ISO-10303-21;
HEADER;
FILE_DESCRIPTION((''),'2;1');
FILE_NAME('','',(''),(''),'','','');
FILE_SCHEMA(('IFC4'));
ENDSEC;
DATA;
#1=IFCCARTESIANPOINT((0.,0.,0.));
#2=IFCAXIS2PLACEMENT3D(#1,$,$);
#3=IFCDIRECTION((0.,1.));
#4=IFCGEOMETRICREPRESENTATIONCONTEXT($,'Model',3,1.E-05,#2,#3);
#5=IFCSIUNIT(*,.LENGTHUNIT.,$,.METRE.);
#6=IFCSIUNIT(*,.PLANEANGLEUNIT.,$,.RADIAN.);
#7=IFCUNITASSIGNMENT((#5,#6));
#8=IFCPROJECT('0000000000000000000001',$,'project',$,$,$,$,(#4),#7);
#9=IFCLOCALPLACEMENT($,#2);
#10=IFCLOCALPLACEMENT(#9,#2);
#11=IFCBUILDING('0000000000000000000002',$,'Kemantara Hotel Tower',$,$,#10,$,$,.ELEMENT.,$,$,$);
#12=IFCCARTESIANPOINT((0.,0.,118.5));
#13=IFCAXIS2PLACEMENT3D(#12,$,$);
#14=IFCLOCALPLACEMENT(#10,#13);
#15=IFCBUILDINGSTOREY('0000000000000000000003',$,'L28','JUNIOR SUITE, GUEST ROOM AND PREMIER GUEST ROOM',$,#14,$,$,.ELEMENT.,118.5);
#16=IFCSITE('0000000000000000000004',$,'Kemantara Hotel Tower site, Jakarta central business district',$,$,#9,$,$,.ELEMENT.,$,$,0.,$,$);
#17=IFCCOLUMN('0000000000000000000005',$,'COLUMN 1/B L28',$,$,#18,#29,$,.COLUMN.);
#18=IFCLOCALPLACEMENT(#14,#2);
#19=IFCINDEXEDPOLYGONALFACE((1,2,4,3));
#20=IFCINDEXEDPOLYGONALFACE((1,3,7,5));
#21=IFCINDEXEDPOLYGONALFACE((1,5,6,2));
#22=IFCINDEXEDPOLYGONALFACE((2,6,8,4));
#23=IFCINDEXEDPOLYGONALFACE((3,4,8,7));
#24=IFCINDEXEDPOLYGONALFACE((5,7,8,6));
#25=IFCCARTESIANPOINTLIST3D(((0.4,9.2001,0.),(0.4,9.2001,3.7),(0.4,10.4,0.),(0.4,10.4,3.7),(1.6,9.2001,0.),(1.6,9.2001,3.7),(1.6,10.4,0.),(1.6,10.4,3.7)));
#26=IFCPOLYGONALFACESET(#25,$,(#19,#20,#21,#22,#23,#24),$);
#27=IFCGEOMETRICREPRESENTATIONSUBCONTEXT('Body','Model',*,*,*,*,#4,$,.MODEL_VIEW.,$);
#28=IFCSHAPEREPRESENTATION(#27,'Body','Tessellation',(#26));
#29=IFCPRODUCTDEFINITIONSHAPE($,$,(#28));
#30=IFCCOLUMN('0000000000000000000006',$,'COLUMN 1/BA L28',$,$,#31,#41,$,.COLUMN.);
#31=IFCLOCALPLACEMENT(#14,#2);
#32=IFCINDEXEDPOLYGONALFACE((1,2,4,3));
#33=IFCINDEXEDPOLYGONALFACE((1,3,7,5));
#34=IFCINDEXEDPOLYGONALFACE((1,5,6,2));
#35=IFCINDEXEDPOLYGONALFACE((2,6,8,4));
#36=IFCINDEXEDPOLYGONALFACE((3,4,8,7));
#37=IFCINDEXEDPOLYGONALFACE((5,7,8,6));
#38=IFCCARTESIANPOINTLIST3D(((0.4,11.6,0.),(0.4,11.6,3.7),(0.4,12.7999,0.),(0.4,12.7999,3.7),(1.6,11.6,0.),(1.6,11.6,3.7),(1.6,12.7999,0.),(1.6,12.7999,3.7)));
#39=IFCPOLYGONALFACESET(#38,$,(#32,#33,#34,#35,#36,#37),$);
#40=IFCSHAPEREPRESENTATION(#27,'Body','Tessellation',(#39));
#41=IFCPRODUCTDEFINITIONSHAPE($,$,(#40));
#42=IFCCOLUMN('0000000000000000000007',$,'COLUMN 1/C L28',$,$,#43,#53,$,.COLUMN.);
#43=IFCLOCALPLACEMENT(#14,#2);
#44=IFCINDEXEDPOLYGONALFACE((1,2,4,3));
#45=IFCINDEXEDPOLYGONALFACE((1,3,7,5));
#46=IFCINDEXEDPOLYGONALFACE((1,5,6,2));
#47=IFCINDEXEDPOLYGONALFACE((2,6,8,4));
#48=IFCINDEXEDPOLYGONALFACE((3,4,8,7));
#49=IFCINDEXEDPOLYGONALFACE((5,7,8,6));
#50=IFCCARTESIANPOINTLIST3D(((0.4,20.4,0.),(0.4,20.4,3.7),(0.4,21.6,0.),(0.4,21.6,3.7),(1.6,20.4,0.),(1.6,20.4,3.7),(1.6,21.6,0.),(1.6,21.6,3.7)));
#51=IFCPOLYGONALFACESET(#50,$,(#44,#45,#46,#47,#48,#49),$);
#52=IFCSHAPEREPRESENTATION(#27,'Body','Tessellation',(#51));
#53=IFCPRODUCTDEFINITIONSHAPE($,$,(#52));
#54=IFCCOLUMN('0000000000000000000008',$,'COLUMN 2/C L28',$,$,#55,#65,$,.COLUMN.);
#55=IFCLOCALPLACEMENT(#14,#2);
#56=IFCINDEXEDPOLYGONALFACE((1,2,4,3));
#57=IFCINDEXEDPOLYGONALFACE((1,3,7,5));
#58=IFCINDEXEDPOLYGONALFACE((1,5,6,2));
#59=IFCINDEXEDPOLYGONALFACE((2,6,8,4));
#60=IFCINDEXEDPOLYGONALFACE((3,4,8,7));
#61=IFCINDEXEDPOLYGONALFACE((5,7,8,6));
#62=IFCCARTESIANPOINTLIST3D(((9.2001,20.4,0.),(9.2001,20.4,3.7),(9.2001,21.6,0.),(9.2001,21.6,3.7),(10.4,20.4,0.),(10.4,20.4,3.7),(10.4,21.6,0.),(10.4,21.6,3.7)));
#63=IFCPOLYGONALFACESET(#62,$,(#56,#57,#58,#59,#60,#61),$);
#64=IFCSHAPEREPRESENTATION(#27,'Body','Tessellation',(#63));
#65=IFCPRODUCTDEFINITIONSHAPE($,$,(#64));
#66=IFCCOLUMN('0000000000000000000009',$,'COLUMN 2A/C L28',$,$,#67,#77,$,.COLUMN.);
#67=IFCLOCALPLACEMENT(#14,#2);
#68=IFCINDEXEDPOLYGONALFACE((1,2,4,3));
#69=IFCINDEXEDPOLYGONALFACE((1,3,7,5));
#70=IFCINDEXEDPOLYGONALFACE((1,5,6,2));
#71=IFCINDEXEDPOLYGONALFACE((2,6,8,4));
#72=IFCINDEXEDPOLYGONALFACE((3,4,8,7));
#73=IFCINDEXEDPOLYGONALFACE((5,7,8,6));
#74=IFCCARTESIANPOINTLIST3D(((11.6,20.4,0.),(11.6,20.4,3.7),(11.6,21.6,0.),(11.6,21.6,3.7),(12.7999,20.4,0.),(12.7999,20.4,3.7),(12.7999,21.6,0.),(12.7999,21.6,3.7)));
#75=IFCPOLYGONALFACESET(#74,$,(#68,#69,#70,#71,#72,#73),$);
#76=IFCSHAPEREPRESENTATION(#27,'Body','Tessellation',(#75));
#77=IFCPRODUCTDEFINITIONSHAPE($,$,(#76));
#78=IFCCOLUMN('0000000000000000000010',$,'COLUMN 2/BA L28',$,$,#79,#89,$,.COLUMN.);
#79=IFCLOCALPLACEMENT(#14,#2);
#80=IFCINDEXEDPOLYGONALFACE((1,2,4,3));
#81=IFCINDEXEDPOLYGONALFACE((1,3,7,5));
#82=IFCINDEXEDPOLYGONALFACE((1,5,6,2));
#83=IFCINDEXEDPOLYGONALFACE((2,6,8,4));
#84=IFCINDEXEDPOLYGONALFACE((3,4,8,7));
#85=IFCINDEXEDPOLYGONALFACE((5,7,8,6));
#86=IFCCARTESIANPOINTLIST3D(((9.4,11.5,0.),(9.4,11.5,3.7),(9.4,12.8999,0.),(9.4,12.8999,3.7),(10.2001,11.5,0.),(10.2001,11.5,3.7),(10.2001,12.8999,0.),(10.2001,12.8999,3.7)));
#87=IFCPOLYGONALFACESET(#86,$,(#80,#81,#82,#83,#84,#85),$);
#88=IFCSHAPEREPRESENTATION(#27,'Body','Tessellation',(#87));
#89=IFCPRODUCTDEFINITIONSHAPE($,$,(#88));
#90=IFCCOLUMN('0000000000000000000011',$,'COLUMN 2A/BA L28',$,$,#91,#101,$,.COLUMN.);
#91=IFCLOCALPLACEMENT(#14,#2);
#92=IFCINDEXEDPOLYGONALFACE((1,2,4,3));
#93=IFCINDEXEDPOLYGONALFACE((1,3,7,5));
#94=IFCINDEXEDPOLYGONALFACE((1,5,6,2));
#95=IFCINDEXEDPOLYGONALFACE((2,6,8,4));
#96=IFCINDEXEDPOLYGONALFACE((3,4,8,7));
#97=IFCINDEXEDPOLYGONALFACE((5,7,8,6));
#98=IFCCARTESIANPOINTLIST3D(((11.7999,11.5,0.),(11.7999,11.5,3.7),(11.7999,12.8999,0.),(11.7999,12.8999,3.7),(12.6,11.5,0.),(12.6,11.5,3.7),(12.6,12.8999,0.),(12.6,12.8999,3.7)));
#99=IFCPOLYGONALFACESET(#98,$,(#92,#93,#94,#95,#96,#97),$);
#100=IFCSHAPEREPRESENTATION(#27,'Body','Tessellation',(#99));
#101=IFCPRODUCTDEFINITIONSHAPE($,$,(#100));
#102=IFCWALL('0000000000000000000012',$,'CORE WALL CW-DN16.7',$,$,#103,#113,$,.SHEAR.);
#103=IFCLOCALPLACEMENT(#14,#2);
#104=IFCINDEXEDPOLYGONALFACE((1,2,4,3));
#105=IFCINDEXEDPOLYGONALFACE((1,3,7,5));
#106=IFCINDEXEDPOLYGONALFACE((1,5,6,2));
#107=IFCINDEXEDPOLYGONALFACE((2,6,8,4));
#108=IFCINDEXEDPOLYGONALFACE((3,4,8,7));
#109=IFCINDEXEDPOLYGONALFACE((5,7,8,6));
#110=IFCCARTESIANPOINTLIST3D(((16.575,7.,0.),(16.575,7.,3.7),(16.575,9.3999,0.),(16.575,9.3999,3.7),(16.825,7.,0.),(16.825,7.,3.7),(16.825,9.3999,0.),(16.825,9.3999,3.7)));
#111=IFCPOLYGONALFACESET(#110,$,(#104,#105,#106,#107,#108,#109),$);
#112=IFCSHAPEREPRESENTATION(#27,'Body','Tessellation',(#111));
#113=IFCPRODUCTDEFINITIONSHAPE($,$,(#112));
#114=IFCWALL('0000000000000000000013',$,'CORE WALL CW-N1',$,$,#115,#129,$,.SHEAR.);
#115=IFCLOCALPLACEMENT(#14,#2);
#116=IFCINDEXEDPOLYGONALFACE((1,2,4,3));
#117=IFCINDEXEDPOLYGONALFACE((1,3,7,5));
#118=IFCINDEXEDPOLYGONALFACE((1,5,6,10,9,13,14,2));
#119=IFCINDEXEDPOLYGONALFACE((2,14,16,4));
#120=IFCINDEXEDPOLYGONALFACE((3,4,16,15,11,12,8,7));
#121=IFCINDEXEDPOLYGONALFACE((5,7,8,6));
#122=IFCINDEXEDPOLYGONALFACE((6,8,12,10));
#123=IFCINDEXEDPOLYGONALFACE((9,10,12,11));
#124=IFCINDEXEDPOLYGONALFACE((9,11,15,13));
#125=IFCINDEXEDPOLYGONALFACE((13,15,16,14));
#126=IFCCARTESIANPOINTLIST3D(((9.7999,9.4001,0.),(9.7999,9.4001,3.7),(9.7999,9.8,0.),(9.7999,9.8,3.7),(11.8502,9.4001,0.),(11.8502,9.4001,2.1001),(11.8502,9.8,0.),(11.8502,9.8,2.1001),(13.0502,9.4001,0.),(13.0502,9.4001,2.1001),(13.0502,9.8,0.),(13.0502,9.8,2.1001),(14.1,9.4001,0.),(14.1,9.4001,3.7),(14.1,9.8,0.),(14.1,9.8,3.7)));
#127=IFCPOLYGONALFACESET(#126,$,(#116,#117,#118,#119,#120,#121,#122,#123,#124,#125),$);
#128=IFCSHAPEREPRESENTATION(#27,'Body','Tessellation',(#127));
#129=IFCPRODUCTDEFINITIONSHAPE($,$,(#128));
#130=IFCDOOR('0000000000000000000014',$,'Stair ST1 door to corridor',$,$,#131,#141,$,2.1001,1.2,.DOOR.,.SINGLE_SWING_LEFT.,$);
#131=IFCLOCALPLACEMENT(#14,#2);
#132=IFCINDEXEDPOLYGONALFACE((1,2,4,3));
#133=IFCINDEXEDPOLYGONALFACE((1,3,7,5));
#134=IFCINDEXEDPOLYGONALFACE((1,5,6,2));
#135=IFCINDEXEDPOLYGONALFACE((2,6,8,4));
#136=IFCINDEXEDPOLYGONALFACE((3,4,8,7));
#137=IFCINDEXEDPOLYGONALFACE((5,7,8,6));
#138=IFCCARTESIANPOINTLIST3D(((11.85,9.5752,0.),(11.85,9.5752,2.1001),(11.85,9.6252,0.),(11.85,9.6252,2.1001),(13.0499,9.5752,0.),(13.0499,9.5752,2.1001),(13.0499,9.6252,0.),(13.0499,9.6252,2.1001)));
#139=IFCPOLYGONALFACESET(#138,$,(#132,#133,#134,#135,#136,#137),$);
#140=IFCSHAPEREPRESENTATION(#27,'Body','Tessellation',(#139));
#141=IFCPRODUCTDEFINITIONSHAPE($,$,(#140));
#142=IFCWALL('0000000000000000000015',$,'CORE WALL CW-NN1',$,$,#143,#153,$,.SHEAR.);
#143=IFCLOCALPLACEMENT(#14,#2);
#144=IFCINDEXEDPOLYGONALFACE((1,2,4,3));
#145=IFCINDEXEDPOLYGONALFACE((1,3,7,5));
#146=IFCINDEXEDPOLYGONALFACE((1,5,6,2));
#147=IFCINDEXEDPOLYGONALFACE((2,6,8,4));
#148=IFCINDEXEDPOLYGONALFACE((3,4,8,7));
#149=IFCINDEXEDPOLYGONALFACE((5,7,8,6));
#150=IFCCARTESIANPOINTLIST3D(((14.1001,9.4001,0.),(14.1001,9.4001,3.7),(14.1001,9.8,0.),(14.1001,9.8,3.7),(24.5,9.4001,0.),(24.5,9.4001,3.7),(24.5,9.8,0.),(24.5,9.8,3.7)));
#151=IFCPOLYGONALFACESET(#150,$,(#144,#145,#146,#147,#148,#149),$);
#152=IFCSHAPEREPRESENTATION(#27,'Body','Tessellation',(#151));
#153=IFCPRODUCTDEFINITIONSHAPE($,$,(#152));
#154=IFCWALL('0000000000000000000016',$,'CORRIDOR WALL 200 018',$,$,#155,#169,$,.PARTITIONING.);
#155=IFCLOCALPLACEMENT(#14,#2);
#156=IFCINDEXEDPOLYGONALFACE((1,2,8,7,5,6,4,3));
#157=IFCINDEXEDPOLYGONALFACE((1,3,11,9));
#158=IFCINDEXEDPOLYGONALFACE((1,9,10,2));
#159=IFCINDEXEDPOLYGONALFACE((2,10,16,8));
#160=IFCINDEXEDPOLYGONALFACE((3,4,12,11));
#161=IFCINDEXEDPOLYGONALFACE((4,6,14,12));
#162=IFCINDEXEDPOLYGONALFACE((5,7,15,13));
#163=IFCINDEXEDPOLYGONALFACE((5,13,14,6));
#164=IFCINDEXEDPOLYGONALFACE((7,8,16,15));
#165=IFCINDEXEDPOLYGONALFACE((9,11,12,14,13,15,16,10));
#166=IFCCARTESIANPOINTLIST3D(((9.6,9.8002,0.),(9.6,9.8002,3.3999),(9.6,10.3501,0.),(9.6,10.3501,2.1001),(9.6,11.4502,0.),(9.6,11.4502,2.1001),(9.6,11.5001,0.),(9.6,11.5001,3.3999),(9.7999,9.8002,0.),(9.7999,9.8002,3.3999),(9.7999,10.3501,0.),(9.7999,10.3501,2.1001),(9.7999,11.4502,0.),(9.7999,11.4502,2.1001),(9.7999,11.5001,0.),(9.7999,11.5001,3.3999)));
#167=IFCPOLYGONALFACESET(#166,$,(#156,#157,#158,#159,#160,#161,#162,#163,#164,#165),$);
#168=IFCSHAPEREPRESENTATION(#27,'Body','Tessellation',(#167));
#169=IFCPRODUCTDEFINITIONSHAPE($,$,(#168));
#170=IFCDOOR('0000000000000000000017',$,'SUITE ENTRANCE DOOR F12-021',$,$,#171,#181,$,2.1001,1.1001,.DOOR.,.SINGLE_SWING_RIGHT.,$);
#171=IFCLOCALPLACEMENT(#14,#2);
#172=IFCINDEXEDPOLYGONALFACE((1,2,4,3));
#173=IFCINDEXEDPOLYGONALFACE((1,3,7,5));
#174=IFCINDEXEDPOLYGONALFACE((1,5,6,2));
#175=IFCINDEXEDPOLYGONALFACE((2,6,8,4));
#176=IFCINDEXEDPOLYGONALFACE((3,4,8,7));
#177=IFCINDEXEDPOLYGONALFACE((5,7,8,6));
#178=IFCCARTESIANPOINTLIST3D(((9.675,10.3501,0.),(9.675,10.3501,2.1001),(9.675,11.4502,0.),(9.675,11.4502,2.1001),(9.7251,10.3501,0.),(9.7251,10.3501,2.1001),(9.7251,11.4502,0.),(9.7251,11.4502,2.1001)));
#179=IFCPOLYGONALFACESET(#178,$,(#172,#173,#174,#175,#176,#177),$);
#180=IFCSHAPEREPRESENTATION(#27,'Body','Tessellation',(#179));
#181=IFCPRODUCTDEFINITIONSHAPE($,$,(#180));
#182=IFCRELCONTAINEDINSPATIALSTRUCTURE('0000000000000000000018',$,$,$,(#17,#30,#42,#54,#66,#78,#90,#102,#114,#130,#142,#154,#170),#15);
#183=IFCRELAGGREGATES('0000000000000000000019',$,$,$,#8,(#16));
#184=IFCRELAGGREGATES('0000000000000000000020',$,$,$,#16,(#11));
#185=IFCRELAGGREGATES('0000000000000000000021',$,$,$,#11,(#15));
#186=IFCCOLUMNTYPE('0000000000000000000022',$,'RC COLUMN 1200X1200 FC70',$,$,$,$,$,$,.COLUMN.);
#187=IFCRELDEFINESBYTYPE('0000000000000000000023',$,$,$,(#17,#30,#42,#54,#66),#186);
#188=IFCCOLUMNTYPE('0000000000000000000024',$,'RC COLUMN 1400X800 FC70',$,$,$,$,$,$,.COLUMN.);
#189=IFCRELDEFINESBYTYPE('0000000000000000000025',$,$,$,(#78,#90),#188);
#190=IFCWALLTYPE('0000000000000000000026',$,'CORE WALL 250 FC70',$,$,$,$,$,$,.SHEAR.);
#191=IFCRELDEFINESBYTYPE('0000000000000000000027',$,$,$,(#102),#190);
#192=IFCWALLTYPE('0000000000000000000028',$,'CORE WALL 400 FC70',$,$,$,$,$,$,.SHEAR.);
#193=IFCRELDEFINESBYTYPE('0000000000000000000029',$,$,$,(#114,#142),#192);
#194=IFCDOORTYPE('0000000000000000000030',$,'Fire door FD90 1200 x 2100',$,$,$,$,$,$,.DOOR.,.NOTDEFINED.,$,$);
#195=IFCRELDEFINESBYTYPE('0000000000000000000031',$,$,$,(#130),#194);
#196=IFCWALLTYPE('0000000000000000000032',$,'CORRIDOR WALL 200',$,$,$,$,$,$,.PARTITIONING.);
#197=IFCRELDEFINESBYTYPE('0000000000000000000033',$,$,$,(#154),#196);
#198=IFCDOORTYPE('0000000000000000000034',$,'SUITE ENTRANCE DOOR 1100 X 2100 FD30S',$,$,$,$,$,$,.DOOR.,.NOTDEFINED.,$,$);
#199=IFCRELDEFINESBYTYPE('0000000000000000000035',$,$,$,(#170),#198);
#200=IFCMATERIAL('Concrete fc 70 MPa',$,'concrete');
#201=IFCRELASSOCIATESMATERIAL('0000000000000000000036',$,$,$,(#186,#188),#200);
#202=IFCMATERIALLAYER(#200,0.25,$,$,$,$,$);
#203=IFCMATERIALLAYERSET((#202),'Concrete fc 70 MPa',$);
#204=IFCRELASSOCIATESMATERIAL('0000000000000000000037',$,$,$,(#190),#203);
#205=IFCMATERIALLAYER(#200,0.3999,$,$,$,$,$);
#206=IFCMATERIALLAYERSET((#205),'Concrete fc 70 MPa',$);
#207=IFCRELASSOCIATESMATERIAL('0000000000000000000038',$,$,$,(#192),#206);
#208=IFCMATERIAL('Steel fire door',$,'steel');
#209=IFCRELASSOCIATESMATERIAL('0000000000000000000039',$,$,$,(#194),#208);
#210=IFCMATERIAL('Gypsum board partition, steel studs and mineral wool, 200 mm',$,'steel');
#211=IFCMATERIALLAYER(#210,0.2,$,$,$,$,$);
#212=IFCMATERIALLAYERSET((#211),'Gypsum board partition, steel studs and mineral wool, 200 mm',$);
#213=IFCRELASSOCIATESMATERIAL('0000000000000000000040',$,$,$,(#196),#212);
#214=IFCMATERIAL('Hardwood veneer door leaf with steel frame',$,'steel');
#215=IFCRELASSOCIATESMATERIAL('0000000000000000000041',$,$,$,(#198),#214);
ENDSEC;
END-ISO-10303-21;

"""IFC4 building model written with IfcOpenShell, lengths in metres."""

from ifc_helpers import new_model, si_unit, direction, frame, frame_2d, origin, origin_2d, place, context, subcontext, project, spatial, rectangle, extrude, material, layer, layer_set, material_profile, profile_set, type_object, element, fill, save


model = new_model("IFC4")

# Units and contexts
model_context = context("Model", 3, precision=1e-05, world=origin(), true_north=direction((0.0, 1.0)))
body_context = subcontext(model_context, "Body", "Model", "MODEL_VIEW")
ifc_project = project(units=[si_unit("LENGTHUNIT", "METRE"), si_unit("PLANEANGLEUNIT", "RADIAN")], contexts=[model_context])

# Site, building, storey
site_placement = place(None, origin())
site = spatial("IfcSite", under=ifc_project, at=site_placement, Name="Kemantara Hotel Tower site, Jakarta central business district", CompositionType="ELEMENT", RefElevation=0.0)
building_placement = place(site_placement, origin())
building = spatial("IfcBuilding", under=site, at=building_placement, Name="Kemantara Hotel Tower", CompositionType="ELEMENT")
storey_placement = place(building_placement, frame((0.0, 0.0, 118.5)))
storey = spatial("IfcBuildingStorey", under=building, at=storey_placement, Name="L28", Description="JUNIOR SUITE, GUEST ROOM AND PREMIER GUEST ROOM", CompositionType="ELEMENT", Elevation=118.5)

# Columns
ifc_material_1 = material(Name="Concrete fc 70 MPa", Category="concrete")
ifc_material_profile_1 = material_profile(ifc_material_1, rectangle(XDim=1.2, YDim=1.2, at=origin_2d()), Name="RC 1200X1200")
ifc_profile_set_1 = profile_set([ifc_material_profile_1], Name="Concrete fc 70 MPa")
column_type_1 = type_object("IfcColumnType", Name="RC COLUMN 1200X1200 FC70", PredefinedType="COLUMN", material=ifc_profile_set_1)
for number, where, z_axis, x_axis, name in (
    (1, (1.0, 9.8, 0.0), (0.0, 0.0, 1.0), (1.0, 0.0, 0.0), "COLUMN 1/B L28"),
    (2, (1.0, 12.2, 0.0), (0.0, 0.0, 1.0), (1.0, 0.0, 0.0), "COLUMN 1/BA L28"),
    (3, (1.0, 21.0, 0.0), (0.0, 0.0, 1.0), (1.0, 0.0, 0.0), "COLUMN 1/C L28"),
    (4, (9.8, 21.0, 0.0), (0.0, 0.0, 1.0), (1.0, 0.0, 0.0), "COLUMN 2/C L28"),
    (5, (12.2, 21.0, 0.0), (0.0, 0.0, 1.0), (1.0, 0.0, 0.0), "COLUMN 2A/C L28"),
):
    element("IfcColumn", number, at=place(storey_placement, frame(where, z_axis=z_axis, x_axis=x_axis)), inside=storey, type_object=column_type_1, Name=name, PredefinedType="COLUMN", context=body_context, shape_type="SweptSolid", body=[
        extrude(rectangle(XDim=1.2, YDim=1.2, at=origin_2d()), origin(), (0.0, 0.0, 1.0), 3.7),
    ])
ifc_material_profile_2 = material_profile(ifc_material_1, rectangle(XDim=1.3999, YDim=0.8, at=origin_2d()), Name="RC 1400X800")
ifc_profile_set_2 = profile_set([ifc_material_profile_2], Name="Concrete fc 70 MPa")
column_type_2 = type_object("IfcColumnType", Name="RC COLUMN 1400X800 FC70", PredefinedType="COLUMN", material=ifc_profile_set_2)
for number, where, z_axis, x_axis, name in (
    (6, (9.8, 12.2, 0.0), (0.0, 0.0, 1.0), (0.0, 1.0, 0.0), "COLUMN 2/BA L28"),
    (7, (12.2, 12.2, 0.0), (0.0, 0.0, 1.0), (0.0, 1.0, 0.0), "COLUMN 2A/BA L28"),
):
    element("IfcColumn", number, at=place(storey_placement, frame(where, z_axis=z_axis, x_axis=x_axis)), inside=storey, type_object=column_type_2, Name=name, PredefinedType="COLUMN", context=body_context, shape_type="SweptSolid", body=[
        extrude(rectangle(XDim=1.3999, YDim=0.8, at=origin_2d()), origin(), (0.0, 0.0, 1.0), 3.7),
    ])

# Wall
ifc_layer_1 = layer(ifc_material_1, 0.25)
ifc_layer_set_1 = layer_set([ifc_layer_1], Name="Concrete fc 70 MPa")
wall_type_1 = type_object("IfcWallType", Name="CORE WALL 250 FC70", PredefinedType="SHEAR", material=ifc_layer_set_1)
wall_1_placement = place(storey_placement, frame((16.7, 7.0, 0.0), z_axis=(0.0, 0.0, 1.0), x_axis=(0.0, 1.0, 0.0)))
element("IfcWall", 8, at=wall_1_placement, inside=storey, type_object=wall_type_1, Name="CORE WALL CW-DN16.7", PredefinedType="SHEAR", context=body_context, shape_type="SweptSolid", body=[
    extrude(rectangle(XDim=2.3999, YDim=0.25, at=frame_2d((1.2, 0.0))), origin(), (0.0, 0.0, 1.0), 3.7),
])

# Wall, opening, door
ifc_layer_2 = layer(ifc_material_1, 0.3999)
ifc_layer_set_2 = layer_set([ifc_layer_2], Name="Concrete fc 70 MPa")
wall_type_2 = type_object("IfcWallType", Name="CORE WALL 400 FC70", PredefinedType="SHEAR", material=ifc_layer_set_2)
wall_2_placement = place(storey_placement, frame((9.8, 9.6001, 0.0), z_axis=(0.0, 0.0, 1.0), x_axis=(1.0, 0.0, 0.0)))
wall_2 = element("IfcWall", 9, at=wall_2_placement, inside=storey, type_object=wall_type_2, Name="CORE WALL CW-N1", PredefinedType="SHEAR", context=body_context, shape_type="SweptSolid", body=[
    extrude(rectangle(XDim=4.3, YDim=0.3999, at=frame_2d((2.1499, 0.0))), origin(), (0.0, 0.0, 1.0), 3.7),
])
opening_1_placement = place(wall_2_placement, frame((2.05, 0.0, 0.0)))
opening_1 = element("IfcOpeningElement", 10, at=opening_1_placement, cuts=wall_2, PredefinedType="OPENING", context=body_context, shape_type="SweptSolid", body=[
    extrude(rectangle(XDim=1.2, YDim=2.1001, at=frame_2d((0.6001, 1.05))), frame((0.0, 0.21, 0.0), z_axis=(0.0, -1.0, 0.0), x_axis=(1.0, 0.0, 0.0)), (0.0, 0.0, 1.0), 0.4199),
])
ifc_material_2 = material(Name="Steel fire door", Category="steel")
door_type_1 = type_object("IfcDoorType", Name="Fire door FD90 1200 x 2100", OperationType="NOTDEFINED", PredefinedType="DOOR", material=ifc_material_2)
door_1_placement = place(opening_1_placement, frame((1.2, 0.0, 0.0), z_axis=(0.0, 0.0, 1.0), x_axis=(-1.0, 0.0, 0.0)))
door_1 = element("IfcDoor", 11, at=door_1_placement, inside=storey, type_object=door_type_1, Name="Stair ST1 door to corridor", OperationType="SINGLE_SWING_LEFT", OverallHeight=2.1001, OverallWidth=1.2, PredefinedType="DOOR", context=body_context, shape_type="SweptSolid", body=[
    extrude(rectangle(XDim=1.2, YDim=2.1001, at=frame_2d((0.6001, 1.05))), frame((0.0, 0.0249, 0.0), z_axis=(0.0, -1.0, 0.0), x_axis=(1.0, 0.0, 0.0)), (0.0, 0.0, 1.0), 0.05),
])
fill(opening_1, door_1)

# Wall
wall_3_placement = place(storey_placement, frame((14.1001, 9.6001, 0.0), z_axis=(0.0, 0.0, 1.0), x_axis=(1.0, 0.0, 0.0)))
element("IfcWall", 12, at=wall_3_placement, inside=storey, type_object=wall_type_2, Name="CORE WALL CW-NN1", PredefinedType="SHEAR", context=body_context, shape_type="SweptSolid", body=[
    extrude(rectangle(XDim=10.3999, YDim=0.3999, at=frame_2d((5.2, 0.0))), origin(), (0.0, 0.0, 1.0), 3.7),
])

# Wall, opening, door
ifc_material_3 = material(Name="Gypsum board partition, steel studs and mineral wool, 200 mm", Category="steel")
ifc_layer_3 = layer(ifc_material_3, 0.2)
ifc_layer_set_3 = layer_set([ifc_layer_3], Name="Gypsum board partition, steel studs and mineral wool, 200 mm")
wall_type_3 = type_object("IfcWallType", Name="CORRIDOR WALL 200", PredefinedType="PARTITIONING", material=ifc_layer_set_3)
wall_4_placement = place(storey_placement, frame((9.7, 9.8, 0.0), z_axis=(0.0, 0.0, 1.0), x_axis=(0.0, 1.0, 0.0)))
wall_4 = element("IfcWall", 13, at=wall_4_placement, inside=storey, type_object=wall_type_3, Name="CORRIDOR WALL 200 018", PredefinedType="PARTITIONING", context=body_context, shape_type="SweptSolid", body=[
    extrude(rectangle(XDim=1.7, YDim=0.2, at=frame_2d((0.8501, 0.0))), origin(), (0.0, 0.0, 1.0), 3.3999),
])
opening_2_placement = place(wall_4_placement, frame((0.55, 0.0, 0.0)))
opening_2 = element("IfcOpeningElement", 14, at=opening_2_placement, cuts=wall_4, PredefinedType="OPENING", context=body_context, shape_type="SweptSolid", body=[
    extrude(rectangle(XDim=1.1001, YDim=2.1001, at=frame_2d((0.55, 1.05))), frame((0.0, 0.1099, 0.0), z_axis=(0.0, -1.0, 0.0), x_axis=(1.0, 0.0, 0.0)), (0.0, 0.0, 1.0), 0.22),
])
ifc_material_4 = material(Name="Hardwood veneer door leaf with steel frame", Category="steel")
door_type_2 = type_object("IfcDoorType", Name="SUITE ENTRANCE DOOR 1100 X 2100 FD30S", OperationType="NOTDEFINED", PredefinedType="DOOR", material=ifc_material_4)
door_2_placement = place(opening_2_placement, origin())
door_2 = element("IfcDoor", 15, at=door_2_placement, inside=storey, type_object=door_type_2, Name="SUITE ENTRANCE DOOR F12-021", OperationType="SINGLE_SWING_RIGHT", OverallHeight=2.1001, OverallWidth=1.1001, PredefinedType="DOOR", context=body_context, shape_type="SweptSolid", body=[
    extrude(rectangle(XDim=1.1001, YDim=2.1001, at=frame_2d((0.55, 1.05))), frame((0.0, 0.0249, 0.0), z_axis=(0.0, -1.0, 0.0), x_axis=(1.0, 0.0, 0.0)), (0.0, 0.0, 1.0), 0.05),
])
fill(opening_2, door_2)

save(model, "model.ifc")
